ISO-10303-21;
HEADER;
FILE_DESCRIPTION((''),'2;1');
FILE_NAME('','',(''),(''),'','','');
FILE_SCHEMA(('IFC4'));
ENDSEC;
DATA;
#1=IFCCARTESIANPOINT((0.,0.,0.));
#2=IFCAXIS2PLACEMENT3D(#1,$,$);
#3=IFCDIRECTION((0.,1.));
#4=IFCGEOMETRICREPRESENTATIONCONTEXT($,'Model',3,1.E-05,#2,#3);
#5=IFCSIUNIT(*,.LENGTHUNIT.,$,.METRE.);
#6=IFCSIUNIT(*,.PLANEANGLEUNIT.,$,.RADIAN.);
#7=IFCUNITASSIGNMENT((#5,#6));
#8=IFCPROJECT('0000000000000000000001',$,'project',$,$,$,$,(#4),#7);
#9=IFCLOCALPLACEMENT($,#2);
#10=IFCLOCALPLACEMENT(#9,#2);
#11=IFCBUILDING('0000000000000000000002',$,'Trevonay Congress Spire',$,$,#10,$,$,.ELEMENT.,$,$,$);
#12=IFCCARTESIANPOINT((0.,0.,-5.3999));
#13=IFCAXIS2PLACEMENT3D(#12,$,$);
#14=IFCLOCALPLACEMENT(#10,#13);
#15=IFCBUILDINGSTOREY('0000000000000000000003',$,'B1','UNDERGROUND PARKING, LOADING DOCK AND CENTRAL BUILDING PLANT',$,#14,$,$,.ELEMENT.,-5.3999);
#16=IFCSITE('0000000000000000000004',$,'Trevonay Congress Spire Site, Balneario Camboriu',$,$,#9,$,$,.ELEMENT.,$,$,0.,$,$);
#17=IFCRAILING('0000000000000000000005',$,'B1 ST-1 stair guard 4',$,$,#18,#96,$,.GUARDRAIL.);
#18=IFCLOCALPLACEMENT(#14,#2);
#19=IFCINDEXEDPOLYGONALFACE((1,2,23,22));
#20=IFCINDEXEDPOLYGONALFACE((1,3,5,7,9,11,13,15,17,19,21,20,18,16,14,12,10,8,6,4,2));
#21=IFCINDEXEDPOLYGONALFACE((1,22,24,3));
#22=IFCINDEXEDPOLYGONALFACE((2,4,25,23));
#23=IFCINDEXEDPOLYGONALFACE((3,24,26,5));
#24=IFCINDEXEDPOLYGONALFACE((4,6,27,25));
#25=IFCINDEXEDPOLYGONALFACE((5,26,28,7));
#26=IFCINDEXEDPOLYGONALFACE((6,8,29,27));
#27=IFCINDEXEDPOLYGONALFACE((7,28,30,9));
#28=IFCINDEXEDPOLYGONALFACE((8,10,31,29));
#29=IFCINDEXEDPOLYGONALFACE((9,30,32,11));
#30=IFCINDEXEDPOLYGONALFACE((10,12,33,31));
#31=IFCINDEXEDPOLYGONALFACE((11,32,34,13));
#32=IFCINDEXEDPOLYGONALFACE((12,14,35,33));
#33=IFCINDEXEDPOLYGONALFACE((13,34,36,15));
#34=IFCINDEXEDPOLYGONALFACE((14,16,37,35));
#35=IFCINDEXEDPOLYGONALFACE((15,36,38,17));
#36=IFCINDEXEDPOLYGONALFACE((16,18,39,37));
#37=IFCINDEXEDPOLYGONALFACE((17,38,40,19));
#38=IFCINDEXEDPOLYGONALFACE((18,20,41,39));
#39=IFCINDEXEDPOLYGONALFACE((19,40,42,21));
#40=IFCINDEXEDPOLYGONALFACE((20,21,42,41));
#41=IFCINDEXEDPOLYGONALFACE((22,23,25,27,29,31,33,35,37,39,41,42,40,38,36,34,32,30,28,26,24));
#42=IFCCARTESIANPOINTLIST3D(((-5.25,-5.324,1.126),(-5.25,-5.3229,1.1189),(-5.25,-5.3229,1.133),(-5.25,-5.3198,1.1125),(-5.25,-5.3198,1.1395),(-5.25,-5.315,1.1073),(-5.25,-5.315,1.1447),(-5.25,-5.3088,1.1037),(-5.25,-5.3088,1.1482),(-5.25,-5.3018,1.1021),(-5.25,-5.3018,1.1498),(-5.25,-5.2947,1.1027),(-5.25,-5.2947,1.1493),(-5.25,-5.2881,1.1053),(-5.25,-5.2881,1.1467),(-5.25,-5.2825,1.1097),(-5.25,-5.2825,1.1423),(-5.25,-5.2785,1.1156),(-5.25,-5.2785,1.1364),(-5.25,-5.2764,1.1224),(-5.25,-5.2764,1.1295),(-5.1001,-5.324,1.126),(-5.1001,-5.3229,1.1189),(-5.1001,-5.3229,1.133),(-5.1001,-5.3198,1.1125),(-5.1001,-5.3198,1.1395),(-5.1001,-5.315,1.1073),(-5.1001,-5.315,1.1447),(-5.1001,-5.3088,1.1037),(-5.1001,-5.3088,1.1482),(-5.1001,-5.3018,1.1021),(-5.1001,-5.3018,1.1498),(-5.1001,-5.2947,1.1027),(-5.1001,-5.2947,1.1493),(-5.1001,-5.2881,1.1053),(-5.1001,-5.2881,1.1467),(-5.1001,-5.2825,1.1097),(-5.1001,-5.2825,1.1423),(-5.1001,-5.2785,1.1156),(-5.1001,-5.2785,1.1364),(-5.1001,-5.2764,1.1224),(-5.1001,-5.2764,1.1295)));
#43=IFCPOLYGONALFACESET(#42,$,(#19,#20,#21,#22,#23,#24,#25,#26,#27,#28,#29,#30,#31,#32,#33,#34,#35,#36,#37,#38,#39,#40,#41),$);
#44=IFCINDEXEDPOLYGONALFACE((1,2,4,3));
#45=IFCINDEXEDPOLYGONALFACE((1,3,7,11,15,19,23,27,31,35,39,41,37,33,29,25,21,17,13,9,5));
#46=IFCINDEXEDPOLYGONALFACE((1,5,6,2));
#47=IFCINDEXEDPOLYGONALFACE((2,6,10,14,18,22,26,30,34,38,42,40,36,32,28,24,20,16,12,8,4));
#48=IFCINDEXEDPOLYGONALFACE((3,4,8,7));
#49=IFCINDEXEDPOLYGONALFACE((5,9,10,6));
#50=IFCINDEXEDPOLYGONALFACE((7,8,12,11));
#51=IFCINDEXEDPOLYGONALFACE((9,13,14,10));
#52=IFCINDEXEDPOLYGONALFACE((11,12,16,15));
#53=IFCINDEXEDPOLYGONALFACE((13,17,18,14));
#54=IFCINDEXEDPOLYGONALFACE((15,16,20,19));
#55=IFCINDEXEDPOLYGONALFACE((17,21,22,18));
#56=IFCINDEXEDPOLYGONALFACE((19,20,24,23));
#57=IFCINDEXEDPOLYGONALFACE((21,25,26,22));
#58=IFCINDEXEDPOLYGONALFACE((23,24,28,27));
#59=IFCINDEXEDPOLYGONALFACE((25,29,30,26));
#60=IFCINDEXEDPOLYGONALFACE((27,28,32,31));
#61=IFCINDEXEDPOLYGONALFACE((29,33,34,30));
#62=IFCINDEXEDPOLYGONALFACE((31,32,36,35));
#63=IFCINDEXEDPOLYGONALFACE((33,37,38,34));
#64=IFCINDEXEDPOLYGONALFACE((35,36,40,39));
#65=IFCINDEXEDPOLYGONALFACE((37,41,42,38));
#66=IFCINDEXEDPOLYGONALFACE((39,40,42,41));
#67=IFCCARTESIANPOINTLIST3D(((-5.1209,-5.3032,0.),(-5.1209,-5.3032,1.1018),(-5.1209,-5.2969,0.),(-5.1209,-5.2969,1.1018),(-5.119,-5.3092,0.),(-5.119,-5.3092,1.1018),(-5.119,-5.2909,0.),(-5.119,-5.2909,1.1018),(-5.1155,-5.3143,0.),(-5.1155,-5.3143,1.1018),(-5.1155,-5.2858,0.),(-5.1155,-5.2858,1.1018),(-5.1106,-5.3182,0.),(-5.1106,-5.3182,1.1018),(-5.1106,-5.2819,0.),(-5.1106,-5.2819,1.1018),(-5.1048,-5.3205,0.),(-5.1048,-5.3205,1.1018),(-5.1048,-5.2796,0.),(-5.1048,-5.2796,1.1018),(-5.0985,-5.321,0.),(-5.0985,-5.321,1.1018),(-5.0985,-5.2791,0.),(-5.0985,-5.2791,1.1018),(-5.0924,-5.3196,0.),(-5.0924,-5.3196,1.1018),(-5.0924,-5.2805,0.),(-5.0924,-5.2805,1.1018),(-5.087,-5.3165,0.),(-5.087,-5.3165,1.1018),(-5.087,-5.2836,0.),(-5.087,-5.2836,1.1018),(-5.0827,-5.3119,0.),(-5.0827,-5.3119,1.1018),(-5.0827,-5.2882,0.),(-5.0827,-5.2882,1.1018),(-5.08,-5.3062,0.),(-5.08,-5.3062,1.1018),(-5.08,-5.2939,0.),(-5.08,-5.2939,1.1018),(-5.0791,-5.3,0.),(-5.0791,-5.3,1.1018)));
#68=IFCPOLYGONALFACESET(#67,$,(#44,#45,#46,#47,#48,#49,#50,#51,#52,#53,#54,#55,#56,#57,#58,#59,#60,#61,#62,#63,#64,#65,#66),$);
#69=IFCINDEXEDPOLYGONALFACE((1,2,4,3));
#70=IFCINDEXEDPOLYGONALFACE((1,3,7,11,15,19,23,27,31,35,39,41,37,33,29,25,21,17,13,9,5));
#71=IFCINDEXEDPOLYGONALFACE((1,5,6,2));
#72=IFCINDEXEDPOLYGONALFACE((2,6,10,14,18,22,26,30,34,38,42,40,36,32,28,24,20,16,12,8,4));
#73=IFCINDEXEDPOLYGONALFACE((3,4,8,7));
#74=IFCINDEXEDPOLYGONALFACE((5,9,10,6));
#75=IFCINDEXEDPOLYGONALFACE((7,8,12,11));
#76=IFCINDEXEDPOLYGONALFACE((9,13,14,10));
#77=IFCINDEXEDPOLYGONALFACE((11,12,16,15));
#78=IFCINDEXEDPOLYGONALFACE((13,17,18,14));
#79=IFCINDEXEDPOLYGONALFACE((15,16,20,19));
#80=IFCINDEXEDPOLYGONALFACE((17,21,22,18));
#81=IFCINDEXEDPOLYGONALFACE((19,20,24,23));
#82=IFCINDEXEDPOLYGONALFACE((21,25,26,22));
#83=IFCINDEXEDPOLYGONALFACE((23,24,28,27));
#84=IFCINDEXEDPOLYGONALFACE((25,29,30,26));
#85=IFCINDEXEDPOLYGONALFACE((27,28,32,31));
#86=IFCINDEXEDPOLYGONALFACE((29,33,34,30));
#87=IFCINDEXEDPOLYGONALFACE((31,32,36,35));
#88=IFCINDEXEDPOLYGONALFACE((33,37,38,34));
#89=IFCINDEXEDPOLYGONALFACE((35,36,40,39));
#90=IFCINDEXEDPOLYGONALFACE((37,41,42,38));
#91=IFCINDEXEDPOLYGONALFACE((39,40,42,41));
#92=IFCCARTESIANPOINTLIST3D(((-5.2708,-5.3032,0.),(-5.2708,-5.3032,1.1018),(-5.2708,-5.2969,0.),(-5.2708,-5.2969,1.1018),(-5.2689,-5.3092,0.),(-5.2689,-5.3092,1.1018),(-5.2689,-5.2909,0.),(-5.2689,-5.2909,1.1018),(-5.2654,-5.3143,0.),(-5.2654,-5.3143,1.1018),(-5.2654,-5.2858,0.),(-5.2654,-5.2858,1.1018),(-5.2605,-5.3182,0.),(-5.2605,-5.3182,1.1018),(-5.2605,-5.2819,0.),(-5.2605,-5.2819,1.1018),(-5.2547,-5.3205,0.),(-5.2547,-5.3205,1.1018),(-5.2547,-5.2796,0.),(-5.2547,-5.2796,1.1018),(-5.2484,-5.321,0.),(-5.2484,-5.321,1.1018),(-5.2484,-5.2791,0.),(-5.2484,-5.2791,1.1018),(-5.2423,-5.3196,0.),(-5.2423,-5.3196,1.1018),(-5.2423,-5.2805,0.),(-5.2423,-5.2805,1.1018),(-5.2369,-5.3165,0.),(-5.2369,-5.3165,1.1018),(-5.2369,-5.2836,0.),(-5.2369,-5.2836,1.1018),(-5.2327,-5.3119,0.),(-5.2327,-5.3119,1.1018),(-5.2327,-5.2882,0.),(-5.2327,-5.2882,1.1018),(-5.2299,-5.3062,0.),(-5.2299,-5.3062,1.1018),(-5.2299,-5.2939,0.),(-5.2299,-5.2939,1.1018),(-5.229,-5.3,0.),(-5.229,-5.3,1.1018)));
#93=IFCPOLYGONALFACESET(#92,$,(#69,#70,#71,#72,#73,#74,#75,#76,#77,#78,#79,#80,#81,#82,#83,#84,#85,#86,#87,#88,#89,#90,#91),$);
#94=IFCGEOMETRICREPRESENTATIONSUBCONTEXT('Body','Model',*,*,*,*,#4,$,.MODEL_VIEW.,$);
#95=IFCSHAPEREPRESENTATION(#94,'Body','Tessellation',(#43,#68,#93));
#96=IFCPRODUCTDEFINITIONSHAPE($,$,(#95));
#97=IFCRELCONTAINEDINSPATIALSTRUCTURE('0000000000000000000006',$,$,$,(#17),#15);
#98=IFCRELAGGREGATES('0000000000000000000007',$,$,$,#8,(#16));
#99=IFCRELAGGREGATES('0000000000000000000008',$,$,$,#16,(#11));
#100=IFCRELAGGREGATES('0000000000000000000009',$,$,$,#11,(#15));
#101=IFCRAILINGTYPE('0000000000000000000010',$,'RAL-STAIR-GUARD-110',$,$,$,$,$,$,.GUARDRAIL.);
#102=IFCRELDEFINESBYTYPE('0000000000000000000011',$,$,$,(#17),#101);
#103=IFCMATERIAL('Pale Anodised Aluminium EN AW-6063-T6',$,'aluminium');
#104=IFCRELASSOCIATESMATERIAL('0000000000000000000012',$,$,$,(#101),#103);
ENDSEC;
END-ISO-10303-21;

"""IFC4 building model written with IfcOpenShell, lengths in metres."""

from ifc_helpers import new_model, si_unit, direction, frame, origin, origin_2d, place, context, subcontext, project, spatial, circle, extrude, material, type_object, element, save


model = new_model("IFC4")

# Units and contexts
model_context = context("Model", 3, precision=1e-05, world=origin(), true_north=direction((0.0, 1.0)))
body_context = subcontext(model_context, "Body", "Model", "MODEL_VIEW")
ifc_project = project(units=[si_unit("LENGTHUNIT", "METRE"), si_unit("PLANEANGLEUNIT", "RADIAN")], contexts=[model_context])

# Site, building, storey
site_placement = place(None, origin())
site = spatial("IfcSite", under=ifc_project, at=site_placement, Name="Trevonay Congress Spire Site, Balneario Camboriu", CompositionType="ELEMENT", RefElevation=0.0)
building_placement = place(site_placement, origin())
building = spatial("IfcBuilding", under=site, at=building_placement, Name="Trevonay Congress Spire", CompositionType="ELEMENT")
storey_placement = place(building_placement, frame((0.0, 0.0, -5.3999)))
storey = spatial("IfcBuildingStorey", under=building, at=storey_placement, Name="B1", Description="UNDERGROUND PARKING, LOADING DOCK AND CENTRAL BUILDING PLANT", CompositionType="ELEMENT", Elevation=-5.3999)

# Railing
ifc_material_1 = material(Name="Pale Anodised Aluminium EN AW-6063-T6", Category="aluminium")
railing_type_1 = type_object("IfcRailingType", Name="RAL-STAIR-GUARD-110", PredefinedType="GUARDRAIL", material=ifc_material_1)
railing_1_placement = place(storey_placement, frame((-5.1001, -5.3, 0.0)))
element("IfcRailing", 1, at=railing_1_placement, inside=storey, type_object=railing_type_1, Name="B1 ST-1 stair guard 4", PredefinedType="GUARDRAIL", context=body_context, shape_type="SweptSolid", body=[
    extrude(circle(Radius=0.0239, at=origin_2d()), frame((0.0, 0.0, 1.126), z_axis=(-1.0, 0.0, 0.0), x_axis=(0.0, -1.0, 0.0)), (0.0, 0.0, 1.0), 0.1499),
    extrude(circle(Radius=0.021, at=origin_2d()), origin(), (0.0, 0.0, 1.0), 1.1018),
    extrude(circle(Radius=0.021, at=origin_2d()), frame((-0.1499, 0.0, 0.0)), (0.0, 0.0, 1.0), 1.1018),
])

save(model, "model.ifc")
